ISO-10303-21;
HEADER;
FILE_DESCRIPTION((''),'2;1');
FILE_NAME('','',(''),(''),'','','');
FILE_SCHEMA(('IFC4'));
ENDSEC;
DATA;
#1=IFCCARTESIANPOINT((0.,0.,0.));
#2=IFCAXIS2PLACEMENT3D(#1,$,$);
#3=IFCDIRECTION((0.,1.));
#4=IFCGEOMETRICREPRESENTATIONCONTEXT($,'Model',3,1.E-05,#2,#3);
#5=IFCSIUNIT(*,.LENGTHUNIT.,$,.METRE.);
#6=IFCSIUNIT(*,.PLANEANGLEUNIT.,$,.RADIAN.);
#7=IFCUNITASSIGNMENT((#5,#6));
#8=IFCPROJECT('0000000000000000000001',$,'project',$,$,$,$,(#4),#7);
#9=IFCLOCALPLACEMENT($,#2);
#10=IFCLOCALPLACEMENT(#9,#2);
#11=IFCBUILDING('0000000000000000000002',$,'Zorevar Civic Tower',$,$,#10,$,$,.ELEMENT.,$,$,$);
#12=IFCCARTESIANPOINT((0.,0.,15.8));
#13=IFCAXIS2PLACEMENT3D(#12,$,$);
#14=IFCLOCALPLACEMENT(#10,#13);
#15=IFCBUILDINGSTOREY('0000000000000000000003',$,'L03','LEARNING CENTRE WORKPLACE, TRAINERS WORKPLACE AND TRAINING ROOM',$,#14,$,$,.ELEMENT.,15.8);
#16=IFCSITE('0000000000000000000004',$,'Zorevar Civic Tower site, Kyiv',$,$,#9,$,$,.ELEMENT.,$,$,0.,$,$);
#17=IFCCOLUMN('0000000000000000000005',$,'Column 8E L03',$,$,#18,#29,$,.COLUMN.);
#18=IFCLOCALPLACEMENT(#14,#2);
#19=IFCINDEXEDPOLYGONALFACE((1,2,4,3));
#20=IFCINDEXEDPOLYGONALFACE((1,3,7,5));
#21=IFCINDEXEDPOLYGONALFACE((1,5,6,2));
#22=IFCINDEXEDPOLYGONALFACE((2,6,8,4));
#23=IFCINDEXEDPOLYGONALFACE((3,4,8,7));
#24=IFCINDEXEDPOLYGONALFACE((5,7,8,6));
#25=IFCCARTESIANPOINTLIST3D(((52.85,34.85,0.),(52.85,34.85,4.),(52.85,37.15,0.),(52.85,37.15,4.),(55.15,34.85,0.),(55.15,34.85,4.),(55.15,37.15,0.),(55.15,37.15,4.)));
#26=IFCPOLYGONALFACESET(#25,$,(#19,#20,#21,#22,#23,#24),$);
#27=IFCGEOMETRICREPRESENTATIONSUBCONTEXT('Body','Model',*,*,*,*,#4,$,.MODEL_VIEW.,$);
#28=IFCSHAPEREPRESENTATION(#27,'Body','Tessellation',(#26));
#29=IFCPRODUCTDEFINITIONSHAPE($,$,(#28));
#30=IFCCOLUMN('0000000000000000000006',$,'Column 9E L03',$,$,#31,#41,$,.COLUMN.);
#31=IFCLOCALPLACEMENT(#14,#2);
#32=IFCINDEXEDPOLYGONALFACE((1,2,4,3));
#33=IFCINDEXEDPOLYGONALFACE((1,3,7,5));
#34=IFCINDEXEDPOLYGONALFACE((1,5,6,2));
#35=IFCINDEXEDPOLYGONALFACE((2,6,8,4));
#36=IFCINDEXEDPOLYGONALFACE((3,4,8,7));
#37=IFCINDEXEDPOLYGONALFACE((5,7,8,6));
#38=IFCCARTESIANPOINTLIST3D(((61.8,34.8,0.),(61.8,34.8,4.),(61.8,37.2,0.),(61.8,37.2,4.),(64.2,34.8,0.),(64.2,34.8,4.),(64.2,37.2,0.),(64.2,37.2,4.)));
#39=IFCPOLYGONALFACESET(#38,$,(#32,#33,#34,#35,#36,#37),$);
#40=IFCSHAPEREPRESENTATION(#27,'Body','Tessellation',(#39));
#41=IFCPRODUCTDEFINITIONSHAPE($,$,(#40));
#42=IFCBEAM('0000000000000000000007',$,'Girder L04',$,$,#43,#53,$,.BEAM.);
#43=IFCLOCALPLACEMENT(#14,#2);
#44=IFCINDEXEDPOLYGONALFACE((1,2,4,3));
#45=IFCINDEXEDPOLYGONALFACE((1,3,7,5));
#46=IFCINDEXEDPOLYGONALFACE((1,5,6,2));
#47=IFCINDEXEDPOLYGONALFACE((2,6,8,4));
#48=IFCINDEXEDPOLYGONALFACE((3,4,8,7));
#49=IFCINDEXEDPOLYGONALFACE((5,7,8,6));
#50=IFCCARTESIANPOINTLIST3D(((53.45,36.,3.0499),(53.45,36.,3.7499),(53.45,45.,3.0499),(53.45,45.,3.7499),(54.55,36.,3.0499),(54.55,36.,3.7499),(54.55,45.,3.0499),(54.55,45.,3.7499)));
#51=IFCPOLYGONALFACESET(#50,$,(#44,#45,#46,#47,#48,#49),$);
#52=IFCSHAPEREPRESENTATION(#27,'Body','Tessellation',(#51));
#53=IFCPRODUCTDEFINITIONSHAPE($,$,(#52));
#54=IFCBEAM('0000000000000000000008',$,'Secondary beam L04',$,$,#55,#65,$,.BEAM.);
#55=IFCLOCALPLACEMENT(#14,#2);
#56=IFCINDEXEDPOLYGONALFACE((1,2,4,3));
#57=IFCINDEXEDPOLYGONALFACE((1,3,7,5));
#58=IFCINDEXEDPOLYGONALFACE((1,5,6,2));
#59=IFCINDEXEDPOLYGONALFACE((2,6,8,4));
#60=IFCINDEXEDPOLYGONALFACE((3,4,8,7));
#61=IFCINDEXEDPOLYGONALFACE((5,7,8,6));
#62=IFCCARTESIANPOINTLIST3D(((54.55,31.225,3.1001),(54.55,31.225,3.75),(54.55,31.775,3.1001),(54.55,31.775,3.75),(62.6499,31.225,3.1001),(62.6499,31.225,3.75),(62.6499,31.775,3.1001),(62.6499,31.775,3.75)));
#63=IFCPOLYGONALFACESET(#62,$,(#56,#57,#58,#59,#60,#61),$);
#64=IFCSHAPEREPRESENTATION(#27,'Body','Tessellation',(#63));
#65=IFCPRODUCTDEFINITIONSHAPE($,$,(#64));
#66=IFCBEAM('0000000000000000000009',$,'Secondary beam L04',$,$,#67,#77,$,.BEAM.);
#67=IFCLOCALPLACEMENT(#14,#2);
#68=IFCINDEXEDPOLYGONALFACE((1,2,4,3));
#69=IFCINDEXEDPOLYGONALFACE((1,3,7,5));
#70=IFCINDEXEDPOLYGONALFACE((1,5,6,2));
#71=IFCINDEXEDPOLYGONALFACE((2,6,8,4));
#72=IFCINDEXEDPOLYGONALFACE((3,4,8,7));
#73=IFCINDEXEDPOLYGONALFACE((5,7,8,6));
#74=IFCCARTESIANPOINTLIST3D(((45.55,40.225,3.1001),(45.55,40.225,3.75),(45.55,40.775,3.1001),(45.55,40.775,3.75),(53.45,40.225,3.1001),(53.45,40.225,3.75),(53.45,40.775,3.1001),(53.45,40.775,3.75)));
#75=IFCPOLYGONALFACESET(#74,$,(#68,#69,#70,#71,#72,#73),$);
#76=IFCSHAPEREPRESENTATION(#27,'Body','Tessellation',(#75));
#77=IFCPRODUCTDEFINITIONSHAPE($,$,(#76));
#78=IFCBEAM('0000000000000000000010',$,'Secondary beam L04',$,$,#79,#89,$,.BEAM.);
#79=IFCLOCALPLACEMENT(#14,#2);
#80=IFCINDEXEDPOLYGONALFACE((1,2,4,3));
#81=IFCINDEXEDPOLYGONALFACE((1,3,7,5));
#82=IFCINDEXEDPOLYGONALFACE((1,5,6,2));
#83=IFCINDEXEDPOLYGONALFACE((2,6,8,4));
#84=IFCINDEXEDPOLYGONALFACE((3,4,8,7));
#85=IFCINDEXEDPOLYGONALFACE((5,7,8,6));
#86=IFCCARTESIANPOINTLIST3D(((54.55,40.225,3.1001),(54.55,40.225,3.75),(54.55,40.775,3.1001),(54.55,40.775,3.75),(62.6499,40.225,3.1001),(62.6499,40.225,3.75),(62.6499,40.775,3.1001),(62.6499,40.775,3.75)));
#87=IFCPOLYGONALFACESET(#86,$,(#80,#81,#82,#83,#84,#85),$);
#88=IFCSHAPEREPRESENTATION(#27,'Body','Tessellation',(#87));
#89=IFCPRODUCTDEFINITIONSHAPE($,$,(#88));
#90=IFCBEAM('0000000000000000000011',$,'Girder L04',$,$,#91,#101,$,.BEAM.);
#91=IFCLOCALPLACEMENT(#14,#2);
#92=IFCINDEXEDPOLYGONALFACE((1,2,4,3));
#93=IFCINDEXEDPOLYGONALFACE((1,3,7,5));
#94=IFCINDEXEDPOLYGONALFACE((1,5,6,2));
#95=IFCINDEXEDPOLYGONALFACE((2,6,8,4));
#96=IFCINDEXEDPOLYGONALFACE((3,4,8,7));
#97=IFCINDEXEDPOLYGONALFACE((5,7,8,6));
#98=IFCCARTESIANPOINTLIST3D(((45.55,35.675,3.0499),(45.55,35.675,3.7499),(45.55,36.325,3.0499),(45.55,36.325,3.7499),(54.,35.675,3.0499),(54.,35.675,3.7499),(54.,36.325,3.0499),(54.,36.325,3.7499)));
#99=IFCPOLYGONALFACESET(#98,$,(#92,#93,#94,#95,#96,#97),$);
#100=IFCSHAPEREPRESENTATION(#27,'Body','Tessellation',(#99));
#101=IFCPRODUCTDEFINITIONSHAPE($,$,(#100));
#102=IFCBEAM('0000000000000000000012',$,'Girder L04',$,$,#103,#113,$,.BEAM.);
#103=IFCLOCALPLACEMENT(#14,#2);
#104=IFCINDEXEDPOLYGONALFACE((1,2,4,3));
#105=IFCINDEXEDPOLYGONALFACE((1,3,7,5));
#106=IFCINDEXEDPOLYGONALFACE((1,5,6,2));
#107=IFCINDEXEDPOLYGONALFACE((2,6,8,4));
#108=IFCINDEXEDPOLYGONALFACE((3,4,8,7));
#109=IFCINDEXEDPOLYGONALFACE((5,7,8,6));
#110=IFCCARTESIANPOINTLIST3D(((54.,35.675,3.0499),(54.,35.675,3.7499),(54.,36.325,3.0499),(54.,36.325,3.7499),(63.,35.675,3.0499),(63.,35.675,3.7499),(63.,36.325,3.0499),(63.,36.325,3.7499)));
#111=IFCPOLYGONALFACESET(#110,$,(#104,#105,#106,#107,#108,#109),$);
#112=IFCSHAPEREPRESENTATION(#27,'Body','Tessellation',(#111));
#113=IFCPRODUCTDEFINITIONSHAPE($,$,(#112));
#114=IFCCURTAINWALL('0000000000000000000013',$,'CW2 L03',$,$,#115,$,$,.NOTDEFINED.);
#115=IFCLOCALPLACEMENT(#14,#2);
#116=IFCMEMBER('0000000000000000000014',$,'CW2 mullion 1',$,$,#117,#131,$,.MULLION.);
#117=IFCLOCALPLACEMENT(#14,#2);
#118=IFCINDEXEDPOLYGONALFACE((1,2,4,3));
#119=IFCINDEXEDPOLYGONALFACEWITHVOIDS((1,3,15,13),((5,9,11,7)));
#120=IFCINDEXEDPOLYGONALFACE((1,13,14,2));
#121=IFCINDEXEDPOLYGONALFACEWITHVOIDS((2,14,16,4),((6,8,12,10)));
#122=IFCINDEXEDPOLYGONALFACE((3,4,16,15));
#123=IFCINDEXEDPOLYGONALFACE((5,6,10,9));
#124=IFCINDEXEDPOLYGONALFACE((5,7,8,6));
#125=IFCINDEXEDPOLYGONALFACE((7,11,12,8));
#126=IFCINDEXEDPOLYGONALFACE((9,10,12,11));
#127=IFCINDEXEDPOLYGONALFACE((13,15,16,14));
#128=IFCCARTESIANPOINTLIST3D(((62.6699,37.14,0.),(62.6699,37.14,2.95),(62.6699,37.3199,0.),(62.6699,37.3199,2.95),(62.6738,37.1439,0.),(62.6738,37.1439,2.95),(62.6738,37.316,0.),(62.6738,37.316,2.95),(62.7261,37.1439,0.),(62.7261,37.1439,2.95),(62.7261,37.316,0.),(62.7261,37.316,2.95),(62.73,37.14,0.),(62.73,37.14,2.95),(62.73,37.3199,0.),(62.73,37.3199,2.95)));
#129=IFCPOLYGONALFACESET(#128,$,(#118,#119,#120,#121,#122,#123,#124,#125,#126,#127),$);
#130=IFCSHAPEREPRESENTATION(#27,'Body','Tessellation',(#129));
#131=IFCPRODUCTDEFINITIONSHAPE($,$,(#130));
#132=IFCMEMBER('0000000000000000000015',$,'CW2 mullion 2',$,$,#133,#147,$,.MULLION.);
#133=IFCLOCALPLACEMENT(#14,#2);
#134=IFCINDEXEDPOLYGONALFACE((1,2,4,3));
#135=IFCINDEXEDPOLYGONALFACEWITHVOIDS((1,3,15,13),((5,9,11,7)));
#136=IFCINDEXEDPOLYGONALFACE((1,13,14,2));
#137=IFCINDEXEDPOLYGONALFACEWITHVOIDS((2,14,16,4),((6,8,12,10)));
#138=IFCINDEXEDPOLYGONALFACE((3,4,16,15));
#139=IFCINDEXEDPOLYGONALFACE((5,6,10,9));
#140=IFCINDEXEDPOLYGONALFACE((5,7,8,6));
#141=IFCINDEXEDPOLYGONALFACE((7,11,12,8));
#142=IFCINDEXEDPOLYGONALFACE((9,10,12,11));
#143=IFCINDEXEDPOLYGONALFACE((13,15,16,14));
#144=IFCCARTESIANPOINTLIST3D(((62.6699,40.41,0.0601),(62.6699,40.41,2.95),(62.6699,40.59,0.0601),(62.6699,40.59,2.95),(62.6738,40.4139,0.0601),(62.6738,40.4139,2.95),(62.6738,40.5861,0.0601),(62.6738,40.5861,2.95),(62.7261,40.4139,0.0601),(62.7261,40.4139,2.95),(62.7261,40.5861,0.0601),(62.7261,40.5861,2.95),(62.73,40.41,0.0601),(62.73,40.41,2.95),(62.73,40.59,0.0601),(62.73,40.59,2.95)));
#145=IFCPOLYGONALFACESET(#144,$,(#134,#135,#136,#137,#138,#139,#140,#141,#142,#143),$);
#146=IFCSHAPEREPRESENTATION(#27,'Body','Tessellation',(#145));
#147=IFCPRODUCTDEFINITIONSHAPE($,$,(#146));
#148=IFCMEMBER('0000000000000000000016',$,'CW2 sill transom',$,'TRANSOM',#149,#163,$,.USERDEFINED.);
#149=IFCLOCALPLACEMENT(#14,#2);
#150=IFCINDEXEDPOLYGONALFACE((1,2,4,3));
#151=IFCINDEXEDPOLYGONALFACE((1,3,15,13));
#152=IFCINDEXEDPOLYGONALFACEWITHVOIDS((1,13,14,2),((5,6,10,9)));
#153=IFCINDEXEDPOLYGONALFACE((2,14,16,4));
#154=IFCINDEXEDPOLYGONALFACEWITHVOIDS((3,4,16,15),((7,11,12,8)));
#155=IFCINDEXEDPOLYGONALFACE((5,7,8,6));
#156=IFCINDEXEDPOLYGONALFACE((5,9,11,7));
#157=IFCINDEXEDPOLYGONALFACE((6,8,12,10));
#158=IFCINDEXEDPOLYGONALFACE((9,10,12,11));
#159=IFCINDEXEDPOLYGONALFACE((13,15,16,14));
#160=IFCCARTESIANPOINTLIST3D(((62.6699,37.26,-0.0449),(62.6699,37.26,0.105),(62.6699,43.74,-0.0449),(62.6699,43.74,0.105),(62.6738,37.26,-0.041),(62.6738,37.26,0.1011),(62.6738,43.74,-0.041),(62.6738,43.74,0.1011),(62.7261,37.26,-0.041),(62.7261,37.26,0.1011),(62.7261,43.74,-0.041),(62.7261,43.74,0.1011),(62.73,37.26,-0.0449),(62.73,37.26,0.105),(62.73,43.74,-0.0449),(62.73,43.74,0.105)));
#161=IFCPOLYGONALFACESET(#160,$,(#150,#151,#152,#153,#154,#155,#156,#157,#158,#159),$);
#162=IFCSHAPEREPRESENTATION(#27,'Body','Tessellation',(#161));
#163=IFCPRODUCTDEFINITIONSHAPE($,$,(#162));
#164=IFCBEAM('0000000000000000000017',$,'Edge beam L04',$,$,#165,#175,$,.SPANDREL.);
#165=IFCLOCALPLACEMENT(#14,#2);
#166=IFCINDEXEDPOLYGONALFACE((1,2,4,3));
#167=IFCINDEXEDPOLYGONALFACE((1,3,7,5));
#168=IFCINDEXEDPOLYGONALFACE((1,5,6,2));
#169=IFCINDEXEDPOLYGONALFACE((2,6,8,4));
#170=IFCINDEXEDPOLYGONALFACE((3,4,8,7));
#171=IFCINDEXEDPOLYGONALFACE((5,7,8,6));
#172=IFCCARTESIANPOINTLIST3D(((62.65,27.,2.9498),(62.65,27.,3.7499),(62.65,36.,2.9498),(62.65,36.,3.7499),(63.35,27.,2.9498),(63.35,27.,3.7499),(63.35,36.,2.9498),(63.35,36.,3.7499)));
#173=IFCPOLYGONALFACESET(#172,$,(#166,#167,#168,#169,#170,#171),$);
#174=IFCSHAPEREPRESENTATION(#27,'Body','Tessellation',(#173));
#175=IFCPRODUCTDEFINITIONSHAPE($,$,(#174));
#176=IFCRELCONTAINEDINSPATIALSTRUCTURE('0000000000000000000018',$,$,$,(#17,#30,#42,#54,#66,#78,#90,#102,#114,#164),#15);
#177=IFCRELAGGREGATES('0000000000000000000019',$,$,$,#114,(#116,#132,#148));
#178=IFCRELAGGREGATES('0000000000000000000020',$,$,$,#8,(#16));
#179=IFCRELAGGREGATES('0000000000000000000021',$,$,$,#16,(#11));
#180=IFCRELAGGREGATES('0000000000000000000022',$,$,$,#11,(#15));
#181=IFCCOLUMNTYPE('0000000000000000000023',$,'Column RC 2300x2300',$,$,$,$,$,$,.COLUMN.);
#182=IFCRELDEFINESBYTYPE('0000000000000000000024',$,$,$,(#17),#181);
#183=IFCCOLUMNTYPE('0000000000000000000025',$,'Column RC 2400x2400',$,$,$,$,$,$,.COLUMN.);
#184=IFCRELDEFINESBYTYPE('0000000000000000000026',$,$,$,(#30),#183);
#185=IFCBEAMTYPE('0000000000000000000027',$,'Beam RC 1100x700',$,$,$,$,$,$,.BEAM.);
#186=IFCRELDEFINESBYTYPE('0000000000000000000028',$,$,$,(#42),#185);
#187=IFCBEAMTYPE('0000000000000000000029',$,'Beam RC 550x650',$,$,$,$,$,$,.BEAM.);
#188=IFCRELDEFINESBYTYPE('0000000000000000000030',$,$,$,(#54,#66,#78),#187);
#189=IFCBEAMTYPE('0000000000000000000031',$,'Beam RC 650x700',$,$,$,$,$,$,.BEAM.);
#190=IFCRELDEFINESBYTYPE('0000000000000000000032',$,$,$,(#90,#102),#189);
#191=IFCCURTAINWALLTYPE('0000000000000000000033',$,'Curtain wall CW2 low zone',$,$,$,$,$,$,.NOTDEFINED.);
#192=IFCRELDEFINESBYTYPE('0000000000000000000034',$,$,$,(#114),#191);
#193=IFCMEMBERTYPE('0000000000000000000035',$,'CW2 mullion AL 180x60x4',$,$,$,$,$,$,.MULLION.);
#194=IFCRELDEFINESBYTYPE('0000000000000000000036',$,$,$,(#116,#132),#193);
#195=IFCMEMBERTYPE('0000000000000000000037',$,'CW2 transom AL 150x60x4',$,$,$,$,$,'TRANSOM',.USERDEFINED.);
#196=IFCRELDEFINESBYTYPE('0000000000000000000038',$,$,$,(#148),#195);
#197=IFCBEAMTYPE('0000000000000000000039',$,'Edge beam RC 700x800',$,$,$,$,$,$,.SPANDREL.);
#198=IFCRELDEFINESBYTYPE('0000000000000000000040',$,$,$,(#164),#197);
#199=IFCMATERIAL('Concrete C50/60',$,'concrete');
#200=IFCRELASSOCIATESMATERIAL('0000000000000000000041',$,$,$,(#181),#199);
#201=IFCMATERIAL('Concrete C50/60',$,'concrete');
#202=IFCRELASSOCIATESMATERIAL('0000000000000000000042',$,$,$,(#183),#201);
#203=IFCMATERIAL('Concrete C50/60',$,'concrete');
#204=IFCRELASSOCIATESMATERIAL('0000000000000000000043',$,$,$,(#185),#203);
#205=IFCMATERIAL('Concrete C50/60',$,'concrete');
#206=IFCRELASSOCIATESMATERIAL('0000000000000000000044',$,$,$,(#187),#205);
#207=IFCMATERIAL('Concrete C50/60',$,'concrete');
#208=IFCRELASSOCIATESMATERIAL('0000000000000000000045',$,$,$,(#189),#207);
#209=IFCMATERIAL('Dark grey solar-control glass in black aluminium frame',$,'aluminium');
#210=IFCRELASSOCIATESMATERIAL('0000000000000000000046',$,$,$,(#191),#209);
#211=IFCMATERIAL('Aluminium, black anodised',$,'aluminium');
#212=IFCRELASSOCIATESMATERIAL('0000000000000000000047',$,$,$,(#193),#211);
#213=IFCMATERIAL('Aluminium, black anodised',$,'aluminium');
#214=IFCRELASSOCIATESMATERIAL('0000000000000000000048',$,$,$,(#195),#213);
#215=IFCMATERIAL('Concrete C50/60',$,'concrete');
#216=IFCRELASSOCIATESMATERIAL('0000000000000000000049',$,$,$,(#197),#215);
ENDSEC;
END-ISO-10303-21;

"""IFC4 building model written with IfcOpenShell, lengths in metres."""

from ifc_helpers import new_model, si_unit, direction, frame, origin, origin_2d, place, context, subcontext, project, spatial, rectangle, hollow_rectangle, extrude, material, material_profile, profile_set, type_object, element, aggregate, save


model = new_model("IFC4")

# Units and contexts
model_context = context("Model", 3, precision=1e-05, world=origin(), true_north=direction((0.0, 1.0)))
body_context = subcontext(model_context, "Body", "Model", "MODEL_VIEW")
ifc_project = project(units=[si_unit("LENGTHUNIT", "METRE"), si_unit("PLANEANGLEUNIT", "RADIAN")], contexts=[model_context])

# Site, building, storey
site_placement = place(None, origin())
site = spatial("IfcSite", under=ifc_project, at=site_placement, Name="Zorevar Civic Tower site, Kyiv", CompositionType="ELEMENT", RefElevation=0.0)
building_placement = place(site_placement, origin())
building = spatial("IfcBuilding", under=site, at=building_placement, Name="Zorevar Civic Tower", CompositionType="ELEMENT")
storey_placement = place(building_placement, frame((0.0, 0.0, 15.8)))
storey = spatial("IfcBuildingStorey", under=building, at=storey_placement, Name="L03", Description="LEARNING CENTRE WORKPLACE, TRAINERS WORKPLACE AND TRAINING ROOM", CompositionType="ELEMENT", Elevation=15.8)

# Columns
ifc_material_1 = material(Name="Concrete C50/60", Category="concrete")
ifc_material_profile_1 = material_profile(ifc_material_1, rectangle(XDim=2.3, YDim=2.3, at=origin_2d()), Name="RC 2300x2300")
ifc_profile_set_1 = profile_set([ifc_material_profile_1], Name="Concrete C50/60")
column_type_1 = type_object("IfcColumnType", Name="Column RC 2300x2300", PredefinedType="COLUMN", material=ifc_profile_set_1)
column_1_placement = place(storey_placement, frame((54.0, 36.0, 0.0), z_axis=(0.0, 0.0, 1.0), x_axis=(1.0, 0.0, 0.0)))
element("IfcColumn", 1, at=column_1_placement, inside=storey, type_object=column_type_1, Name="Column 8E L03", PredefinedType="COLUMN", context=body_context, shape_type="SweptSolid", body=[
    extrude(rectangle(XDim=2.3, YDim=2.3, at=origin_2d()), origin(), (0.0, 0.0, 1.0), 4.0),
])
ifc_material_2 = material(Name="Concrete C50/60", Category="concrete")
ifc_material_profile_2 = material_profile(ifc_material_2, rectangle(XDim=2.3999, YDim=2.3999, at=origin_2d()), Name="RC 2400x2400")
ifc_profile_set_2 = profile_set([ifc_material_profile_2], Name="Concrete C50/60")
column_type_2 = type_object("IfcColumnType", Name="Column RC 2400x2400", PredefinedType="COLUMN", material=ifc_profile_set_2)
column_2_placement = place(storey_placement, frame((63.0, 36.0, 0.0), z_axis=(0.0, 0.0, 1.0), x_axis=(1.0, 0.0, 0.0)))
element("IfcColumn", 2, at=column_2_placement, inside=storey, type_object=column_type_2, Name="Column 9E L03", PredefinedType="COLUMN", context=body_context, shape_type="SweptSolid", body=[
    extrude(rectangle(XDim=2.3999, YDim=2.3999, at=origin_2d()), origin(), (0.0, 0.0, 1.0), 4.0),
])

# Beams
ifc_material_3 = material(Name="Concrete C50/60", Category="concrete")
ifc_material_profile_3 = material_profile(ifc_material_3, rectangle(XDim=1.1001, YDim=0.7, at=origin_2d()), Name="RC 1100x700")
ifc_profile_set_3 = profile_set([ifc_material_profile_3], Name="Concrete C50/60")
beam_type_1 = type_object("IfcBeamType", Name="Beam RC 1100x700", PredefinedType="BEAM", material=ifc_profile_set_3)
beam_1_placement = place(storey_placement, frame((54.0, 36.0, 3.3999), z_axis=(0.0, 1.0, 0.0), x_axis=(-1.0, 0.0, 0.0)))
element("IfcBeam", 3, at=beam_1_placement, inside=storey, type_object=beam_type_1, Name="Girder L04", PredefinedType="BEAM", context=body_context, shape_type="SweptSolid", body=[
    extrude(rectangle(XDim=1.1001, YDim=0.7, at=origin_2d()), origin(), (0.0, 0.0, 1.0), 9.0),
])
ifc_material_4 = material(Name="Concrete C50/60", Category="concrete")
ifc_material_profile_4 = material_profile(ifc_material_4, rectangle(XDim=0.55, YDim=0.6499, at=origin_2d()), Name="RC 550x650")
ifc_profile_set_4 = profile_set([ifc_material_profile_4], Name="Concrete C50/60")
beam_type_2 = type_object("IfcBeamType", Name="Beam RC 550x650", PredefinedType="BEAM", material=ifc_profile_set_4)
beam_2_placement = place(storey_placement, frame((54.55, 31.5, 3.425), z_axis=(1.0, 0.0, 0.0), x_axis=(0.0, 1.0, 0.0)))
element("IfcBeam", 4, at=beam_2_placement, inside=storey, type_object=beam_type_2, Name="Secondary beam L04", PredefinedType="BEAM", context=body_context, shape_type="SweptSolid", body=[
    extrude(rectangle(XDim=0.55, YDim=0.6499, at=origin_2d()), origin(), (0.0, 0.0, 1.0), 8.0999),
])
beam_3_placement = place(storey_placement, frame((45.55, 40.5, 3.425), z_axis=(1.0, 0.0, 0.0), x_axis=(0.0, 1.0, 0.0)))
element("IfcBeam", 5, at=beam_3_placement, inside=storey, type_object=beam_type_2, Name="Secondary beam L04", PredefinedType="BEAM", context=body_context, shape_type="SweptSolid", body=[
    extrude(rectangle(XDim=0.55, YDim=0.6499, at=origin_2d()), origin(), (0.0, 0.0, 1.0), 7.8999),
])
beam_4_placement = place(storey_placement, frame((54.55, 40.5, 3.425), z_axis=(1.0, 0.0, 0.0), x_axis=(0.0, 1.0, 0.0)))
element("IfcBeam", 6, at=beam_4_placement, inside=storey, type_object=beam_type_2, Name="Secondary beam L04", PredefinedType="BEAM", context=body_context, shape_type="SweptSolid", body=[
    extrude(rectangle(XDim=0.55, YDim=0.6499, at=origin_2d()), origin(), (0.0, 0.0, 1.0), 8.0999),
])
ifc_material_5 = material(Name="Concrete C50/60", Category="concrete")
ifc_material_profile_5 = material_profile(ifc_material_5, rectangle(XDim=0.6499, YDim=0.7, at=origin_2d()), Name="RC 650x700")
ifc_profile_set_5 = profile_set([ifc_material_profile_5], Name="Concrete C50/60")
beam_type_3 = type_object("IfcBeamType", Name="Beam RC 650x700", PredefinedType="BEAM", material=ifc_profile_set_5)
beam_5_placement = place(storey_placement, frame((45.55, 36.0, 3.3999), z_axis=(1.0, 0.0, 0.0), x_axis=(0.0, 1.0, 0.0)))
element("IfcBeam", 7, at=beam_5_placement, inside=storey, type_object=beam_type_3, Name="Girder L04", PredefinedType="BEAM", context=body_context, shape_type="SweptSolid", body=[
    extrude(rectangle(XDim=0.6499, YDim=0.7, at=origin_2d()), origin(), (0.0, 0.0, 1.0), 8.45),
])
beam_6_placement = place(storey_placement, frame((54.0, 36.0, 3.3999), z_axis=(1.0, 0.0, 0.0), x_axis=(0.0, 1.0, 0.0)))
element("IfcBeam", 8, at=beam_6_placement, inside=storey, type_object=beam_type_3, Name="Girder L04", PredefinedType="BEAM", context=body_context, shape_type="SweptSolid", body=[
    extrude(rectangle(XDim=0.6499, YDim=0.7, at=origin_2d()), origin(), (0.0, 0.0, 1.0), 9.0),
])

# Curtain wall, members
ifc_material_6 = material(Name="Dark grey solar-control glass in black aluminium frame", Category="aluminium")
curtain_wall_type = type_object("IfcCurtainWallType", Name="Curtain wall CW2 low zone", PredefinedType="NOTDEFINED", material=ifc_material_6)
curtain_wall_placement = place(storey_placement, origin())
curtain_wall = element("IfcCurtainWall", 9, at=curtain_wall_placement, inside=storey, type_object=curtain_wall_type, Name="CW2 L03", PredefinedType="NOTDEFINED")
ifc_material_7 = material(Name="Aluminium, black anodised", Category="aluminium")
ifc_material_profile_6 = material_profile(ifc_material_7, hollow_rectangle(XDim=0.0601, YDim=0.1799, WallThickness=0.0039, at=origin_2d()), Name="AL 180x60x4")
ifc_profile_set_6 = profile_set([ifc_material_profile_6], Name="Aluminium, black anodised")
member_type_1 = type_object("IfcMemberType", Name="CW2 mullion AL 180x60x4", PredefinedType="MULLION", material=ifc_profile_set_6)
member_1_placement = place(storey_placement, frame((62.7, 37.23, 0.0), z_axis=(0.0, 0.0, 1.0), x_axis=(-1.0, 0.0, 0.0)))
member_1 = element("IfcMember", 10, at=member_1_placement, type_object=member_type_1, Name="CW2 mullion 1", PredefinedType="MULLION", context=body_context, shape_type="SweptSolid", body=[
    extrude(hollow_rectangle(XDim=0.0601, YDim=0.1799, WallThickness=0.0039, at=origin_2d()), origin(), (0.0, 0.0, 1.0), 2.95),
])
member_2_placement = place(storey_placement, frame((62.7, 40.5, 0.0601), z_axis=(0.0, 0.0, 1.0), x_axis=(-1.0, 0.0, 0.0)))
member_2 = element("IfcMember", 11, at=member_2_placement, type_object=member_type_1, Name="CW2 mullion 2", PredefinedType="MULLION", context=body_context, shape_type="SweptSolid", body=[
    extrude(hollow_rectangle(XDim=0.0601, YDim=0.1799, WallThickness=0.0039, at=origin_2d()), origin(), (0.0, 0.0, 1.0), 2.8899),
])
ifc_material_8 = material(Name="Aluminium, black anodised", Category="aluminium")
ifc_material_profile_7 = material_profile(ifc_material_8, hollow_rectangle(XDim=0.0601, YDim=0.1499, WallThickness=0.0039, at=origin_2d()), Name="AL 150x60x4")
ifc_profile_set_7 = profile_set([ifc_material_profile_7], Name="Aluminium, black anodised")
member_type_2 = type_object("IfcMemberType", Name="CW2 transom AL 150x60x4", ElementType="TRANSOM", PredefinedType="USERDEFINED", material=ifc_profile_set_7)
member_3_placement = place(storey_placement, frame((62.7, 37.26, 0.03), z_axis=(0.0, 1.0, 0.0), x_axis=(-1.0, 0.0, 0.0)))
member_3 = element("IfcMember", 12, at=member_3_placement, type_object=member_type_2, Name="CW2 sill transom", ObjectType="TRANSOM", PredefinedType="USERDEFINED", context=body_context, shape_type="SweptSolid", body=[
    extrude(hollow_rectangle(XDim=0.0601, YDim=0.1499, WallThickness=0.0039, at=origin_2d()), origin(), (0.0, 0.0, 1.0), 6.48),
])

# Beam
ifc_material_9 = material(Name="Concrete C50/60", Category="concrete")
ifc_material_profile_8 = material_profile(ifc_material_9, rectangle(XDim=0.7, YDim=0.8, at=origin_2d()), Name="RC 700x800")
ifc_profile_set_8 = profile_set([ifc_material_profile_8], Name="Concrete C50/60")
beam_type_4 = type_object("IfcBeamType", Name="Edge beam RC 700x800", PredefinedType="SPANDREL", material=ifc_profile_set_8)
for number, where, z_axis, x_axis, name in (
    (13, (63.0, 27.0, 3.3499), (0.0, 1.0, 0.0), (-1.0, 0.0, 0.0), "Edge beam L04"),
):
    element("IfcBeam", number, at=place(storey_placement, frame(where, z_axis=z_axis, x_axis=x_axis)), inside=storey, type_object=beam_type_4, Name=name, PredefinedType="SPANDREL", context=body_context, shape_type="SweptSolid", body=[
        extrude(rectangle(XDim=0.7, YDim=0.8, at=origin_2d()), origin(), (0.0, 0.0, 1.0), 9.0),
    ])

aggregate(curtain_wall, [member_1, member_2, member_3])

save(model, "model.ifc")
